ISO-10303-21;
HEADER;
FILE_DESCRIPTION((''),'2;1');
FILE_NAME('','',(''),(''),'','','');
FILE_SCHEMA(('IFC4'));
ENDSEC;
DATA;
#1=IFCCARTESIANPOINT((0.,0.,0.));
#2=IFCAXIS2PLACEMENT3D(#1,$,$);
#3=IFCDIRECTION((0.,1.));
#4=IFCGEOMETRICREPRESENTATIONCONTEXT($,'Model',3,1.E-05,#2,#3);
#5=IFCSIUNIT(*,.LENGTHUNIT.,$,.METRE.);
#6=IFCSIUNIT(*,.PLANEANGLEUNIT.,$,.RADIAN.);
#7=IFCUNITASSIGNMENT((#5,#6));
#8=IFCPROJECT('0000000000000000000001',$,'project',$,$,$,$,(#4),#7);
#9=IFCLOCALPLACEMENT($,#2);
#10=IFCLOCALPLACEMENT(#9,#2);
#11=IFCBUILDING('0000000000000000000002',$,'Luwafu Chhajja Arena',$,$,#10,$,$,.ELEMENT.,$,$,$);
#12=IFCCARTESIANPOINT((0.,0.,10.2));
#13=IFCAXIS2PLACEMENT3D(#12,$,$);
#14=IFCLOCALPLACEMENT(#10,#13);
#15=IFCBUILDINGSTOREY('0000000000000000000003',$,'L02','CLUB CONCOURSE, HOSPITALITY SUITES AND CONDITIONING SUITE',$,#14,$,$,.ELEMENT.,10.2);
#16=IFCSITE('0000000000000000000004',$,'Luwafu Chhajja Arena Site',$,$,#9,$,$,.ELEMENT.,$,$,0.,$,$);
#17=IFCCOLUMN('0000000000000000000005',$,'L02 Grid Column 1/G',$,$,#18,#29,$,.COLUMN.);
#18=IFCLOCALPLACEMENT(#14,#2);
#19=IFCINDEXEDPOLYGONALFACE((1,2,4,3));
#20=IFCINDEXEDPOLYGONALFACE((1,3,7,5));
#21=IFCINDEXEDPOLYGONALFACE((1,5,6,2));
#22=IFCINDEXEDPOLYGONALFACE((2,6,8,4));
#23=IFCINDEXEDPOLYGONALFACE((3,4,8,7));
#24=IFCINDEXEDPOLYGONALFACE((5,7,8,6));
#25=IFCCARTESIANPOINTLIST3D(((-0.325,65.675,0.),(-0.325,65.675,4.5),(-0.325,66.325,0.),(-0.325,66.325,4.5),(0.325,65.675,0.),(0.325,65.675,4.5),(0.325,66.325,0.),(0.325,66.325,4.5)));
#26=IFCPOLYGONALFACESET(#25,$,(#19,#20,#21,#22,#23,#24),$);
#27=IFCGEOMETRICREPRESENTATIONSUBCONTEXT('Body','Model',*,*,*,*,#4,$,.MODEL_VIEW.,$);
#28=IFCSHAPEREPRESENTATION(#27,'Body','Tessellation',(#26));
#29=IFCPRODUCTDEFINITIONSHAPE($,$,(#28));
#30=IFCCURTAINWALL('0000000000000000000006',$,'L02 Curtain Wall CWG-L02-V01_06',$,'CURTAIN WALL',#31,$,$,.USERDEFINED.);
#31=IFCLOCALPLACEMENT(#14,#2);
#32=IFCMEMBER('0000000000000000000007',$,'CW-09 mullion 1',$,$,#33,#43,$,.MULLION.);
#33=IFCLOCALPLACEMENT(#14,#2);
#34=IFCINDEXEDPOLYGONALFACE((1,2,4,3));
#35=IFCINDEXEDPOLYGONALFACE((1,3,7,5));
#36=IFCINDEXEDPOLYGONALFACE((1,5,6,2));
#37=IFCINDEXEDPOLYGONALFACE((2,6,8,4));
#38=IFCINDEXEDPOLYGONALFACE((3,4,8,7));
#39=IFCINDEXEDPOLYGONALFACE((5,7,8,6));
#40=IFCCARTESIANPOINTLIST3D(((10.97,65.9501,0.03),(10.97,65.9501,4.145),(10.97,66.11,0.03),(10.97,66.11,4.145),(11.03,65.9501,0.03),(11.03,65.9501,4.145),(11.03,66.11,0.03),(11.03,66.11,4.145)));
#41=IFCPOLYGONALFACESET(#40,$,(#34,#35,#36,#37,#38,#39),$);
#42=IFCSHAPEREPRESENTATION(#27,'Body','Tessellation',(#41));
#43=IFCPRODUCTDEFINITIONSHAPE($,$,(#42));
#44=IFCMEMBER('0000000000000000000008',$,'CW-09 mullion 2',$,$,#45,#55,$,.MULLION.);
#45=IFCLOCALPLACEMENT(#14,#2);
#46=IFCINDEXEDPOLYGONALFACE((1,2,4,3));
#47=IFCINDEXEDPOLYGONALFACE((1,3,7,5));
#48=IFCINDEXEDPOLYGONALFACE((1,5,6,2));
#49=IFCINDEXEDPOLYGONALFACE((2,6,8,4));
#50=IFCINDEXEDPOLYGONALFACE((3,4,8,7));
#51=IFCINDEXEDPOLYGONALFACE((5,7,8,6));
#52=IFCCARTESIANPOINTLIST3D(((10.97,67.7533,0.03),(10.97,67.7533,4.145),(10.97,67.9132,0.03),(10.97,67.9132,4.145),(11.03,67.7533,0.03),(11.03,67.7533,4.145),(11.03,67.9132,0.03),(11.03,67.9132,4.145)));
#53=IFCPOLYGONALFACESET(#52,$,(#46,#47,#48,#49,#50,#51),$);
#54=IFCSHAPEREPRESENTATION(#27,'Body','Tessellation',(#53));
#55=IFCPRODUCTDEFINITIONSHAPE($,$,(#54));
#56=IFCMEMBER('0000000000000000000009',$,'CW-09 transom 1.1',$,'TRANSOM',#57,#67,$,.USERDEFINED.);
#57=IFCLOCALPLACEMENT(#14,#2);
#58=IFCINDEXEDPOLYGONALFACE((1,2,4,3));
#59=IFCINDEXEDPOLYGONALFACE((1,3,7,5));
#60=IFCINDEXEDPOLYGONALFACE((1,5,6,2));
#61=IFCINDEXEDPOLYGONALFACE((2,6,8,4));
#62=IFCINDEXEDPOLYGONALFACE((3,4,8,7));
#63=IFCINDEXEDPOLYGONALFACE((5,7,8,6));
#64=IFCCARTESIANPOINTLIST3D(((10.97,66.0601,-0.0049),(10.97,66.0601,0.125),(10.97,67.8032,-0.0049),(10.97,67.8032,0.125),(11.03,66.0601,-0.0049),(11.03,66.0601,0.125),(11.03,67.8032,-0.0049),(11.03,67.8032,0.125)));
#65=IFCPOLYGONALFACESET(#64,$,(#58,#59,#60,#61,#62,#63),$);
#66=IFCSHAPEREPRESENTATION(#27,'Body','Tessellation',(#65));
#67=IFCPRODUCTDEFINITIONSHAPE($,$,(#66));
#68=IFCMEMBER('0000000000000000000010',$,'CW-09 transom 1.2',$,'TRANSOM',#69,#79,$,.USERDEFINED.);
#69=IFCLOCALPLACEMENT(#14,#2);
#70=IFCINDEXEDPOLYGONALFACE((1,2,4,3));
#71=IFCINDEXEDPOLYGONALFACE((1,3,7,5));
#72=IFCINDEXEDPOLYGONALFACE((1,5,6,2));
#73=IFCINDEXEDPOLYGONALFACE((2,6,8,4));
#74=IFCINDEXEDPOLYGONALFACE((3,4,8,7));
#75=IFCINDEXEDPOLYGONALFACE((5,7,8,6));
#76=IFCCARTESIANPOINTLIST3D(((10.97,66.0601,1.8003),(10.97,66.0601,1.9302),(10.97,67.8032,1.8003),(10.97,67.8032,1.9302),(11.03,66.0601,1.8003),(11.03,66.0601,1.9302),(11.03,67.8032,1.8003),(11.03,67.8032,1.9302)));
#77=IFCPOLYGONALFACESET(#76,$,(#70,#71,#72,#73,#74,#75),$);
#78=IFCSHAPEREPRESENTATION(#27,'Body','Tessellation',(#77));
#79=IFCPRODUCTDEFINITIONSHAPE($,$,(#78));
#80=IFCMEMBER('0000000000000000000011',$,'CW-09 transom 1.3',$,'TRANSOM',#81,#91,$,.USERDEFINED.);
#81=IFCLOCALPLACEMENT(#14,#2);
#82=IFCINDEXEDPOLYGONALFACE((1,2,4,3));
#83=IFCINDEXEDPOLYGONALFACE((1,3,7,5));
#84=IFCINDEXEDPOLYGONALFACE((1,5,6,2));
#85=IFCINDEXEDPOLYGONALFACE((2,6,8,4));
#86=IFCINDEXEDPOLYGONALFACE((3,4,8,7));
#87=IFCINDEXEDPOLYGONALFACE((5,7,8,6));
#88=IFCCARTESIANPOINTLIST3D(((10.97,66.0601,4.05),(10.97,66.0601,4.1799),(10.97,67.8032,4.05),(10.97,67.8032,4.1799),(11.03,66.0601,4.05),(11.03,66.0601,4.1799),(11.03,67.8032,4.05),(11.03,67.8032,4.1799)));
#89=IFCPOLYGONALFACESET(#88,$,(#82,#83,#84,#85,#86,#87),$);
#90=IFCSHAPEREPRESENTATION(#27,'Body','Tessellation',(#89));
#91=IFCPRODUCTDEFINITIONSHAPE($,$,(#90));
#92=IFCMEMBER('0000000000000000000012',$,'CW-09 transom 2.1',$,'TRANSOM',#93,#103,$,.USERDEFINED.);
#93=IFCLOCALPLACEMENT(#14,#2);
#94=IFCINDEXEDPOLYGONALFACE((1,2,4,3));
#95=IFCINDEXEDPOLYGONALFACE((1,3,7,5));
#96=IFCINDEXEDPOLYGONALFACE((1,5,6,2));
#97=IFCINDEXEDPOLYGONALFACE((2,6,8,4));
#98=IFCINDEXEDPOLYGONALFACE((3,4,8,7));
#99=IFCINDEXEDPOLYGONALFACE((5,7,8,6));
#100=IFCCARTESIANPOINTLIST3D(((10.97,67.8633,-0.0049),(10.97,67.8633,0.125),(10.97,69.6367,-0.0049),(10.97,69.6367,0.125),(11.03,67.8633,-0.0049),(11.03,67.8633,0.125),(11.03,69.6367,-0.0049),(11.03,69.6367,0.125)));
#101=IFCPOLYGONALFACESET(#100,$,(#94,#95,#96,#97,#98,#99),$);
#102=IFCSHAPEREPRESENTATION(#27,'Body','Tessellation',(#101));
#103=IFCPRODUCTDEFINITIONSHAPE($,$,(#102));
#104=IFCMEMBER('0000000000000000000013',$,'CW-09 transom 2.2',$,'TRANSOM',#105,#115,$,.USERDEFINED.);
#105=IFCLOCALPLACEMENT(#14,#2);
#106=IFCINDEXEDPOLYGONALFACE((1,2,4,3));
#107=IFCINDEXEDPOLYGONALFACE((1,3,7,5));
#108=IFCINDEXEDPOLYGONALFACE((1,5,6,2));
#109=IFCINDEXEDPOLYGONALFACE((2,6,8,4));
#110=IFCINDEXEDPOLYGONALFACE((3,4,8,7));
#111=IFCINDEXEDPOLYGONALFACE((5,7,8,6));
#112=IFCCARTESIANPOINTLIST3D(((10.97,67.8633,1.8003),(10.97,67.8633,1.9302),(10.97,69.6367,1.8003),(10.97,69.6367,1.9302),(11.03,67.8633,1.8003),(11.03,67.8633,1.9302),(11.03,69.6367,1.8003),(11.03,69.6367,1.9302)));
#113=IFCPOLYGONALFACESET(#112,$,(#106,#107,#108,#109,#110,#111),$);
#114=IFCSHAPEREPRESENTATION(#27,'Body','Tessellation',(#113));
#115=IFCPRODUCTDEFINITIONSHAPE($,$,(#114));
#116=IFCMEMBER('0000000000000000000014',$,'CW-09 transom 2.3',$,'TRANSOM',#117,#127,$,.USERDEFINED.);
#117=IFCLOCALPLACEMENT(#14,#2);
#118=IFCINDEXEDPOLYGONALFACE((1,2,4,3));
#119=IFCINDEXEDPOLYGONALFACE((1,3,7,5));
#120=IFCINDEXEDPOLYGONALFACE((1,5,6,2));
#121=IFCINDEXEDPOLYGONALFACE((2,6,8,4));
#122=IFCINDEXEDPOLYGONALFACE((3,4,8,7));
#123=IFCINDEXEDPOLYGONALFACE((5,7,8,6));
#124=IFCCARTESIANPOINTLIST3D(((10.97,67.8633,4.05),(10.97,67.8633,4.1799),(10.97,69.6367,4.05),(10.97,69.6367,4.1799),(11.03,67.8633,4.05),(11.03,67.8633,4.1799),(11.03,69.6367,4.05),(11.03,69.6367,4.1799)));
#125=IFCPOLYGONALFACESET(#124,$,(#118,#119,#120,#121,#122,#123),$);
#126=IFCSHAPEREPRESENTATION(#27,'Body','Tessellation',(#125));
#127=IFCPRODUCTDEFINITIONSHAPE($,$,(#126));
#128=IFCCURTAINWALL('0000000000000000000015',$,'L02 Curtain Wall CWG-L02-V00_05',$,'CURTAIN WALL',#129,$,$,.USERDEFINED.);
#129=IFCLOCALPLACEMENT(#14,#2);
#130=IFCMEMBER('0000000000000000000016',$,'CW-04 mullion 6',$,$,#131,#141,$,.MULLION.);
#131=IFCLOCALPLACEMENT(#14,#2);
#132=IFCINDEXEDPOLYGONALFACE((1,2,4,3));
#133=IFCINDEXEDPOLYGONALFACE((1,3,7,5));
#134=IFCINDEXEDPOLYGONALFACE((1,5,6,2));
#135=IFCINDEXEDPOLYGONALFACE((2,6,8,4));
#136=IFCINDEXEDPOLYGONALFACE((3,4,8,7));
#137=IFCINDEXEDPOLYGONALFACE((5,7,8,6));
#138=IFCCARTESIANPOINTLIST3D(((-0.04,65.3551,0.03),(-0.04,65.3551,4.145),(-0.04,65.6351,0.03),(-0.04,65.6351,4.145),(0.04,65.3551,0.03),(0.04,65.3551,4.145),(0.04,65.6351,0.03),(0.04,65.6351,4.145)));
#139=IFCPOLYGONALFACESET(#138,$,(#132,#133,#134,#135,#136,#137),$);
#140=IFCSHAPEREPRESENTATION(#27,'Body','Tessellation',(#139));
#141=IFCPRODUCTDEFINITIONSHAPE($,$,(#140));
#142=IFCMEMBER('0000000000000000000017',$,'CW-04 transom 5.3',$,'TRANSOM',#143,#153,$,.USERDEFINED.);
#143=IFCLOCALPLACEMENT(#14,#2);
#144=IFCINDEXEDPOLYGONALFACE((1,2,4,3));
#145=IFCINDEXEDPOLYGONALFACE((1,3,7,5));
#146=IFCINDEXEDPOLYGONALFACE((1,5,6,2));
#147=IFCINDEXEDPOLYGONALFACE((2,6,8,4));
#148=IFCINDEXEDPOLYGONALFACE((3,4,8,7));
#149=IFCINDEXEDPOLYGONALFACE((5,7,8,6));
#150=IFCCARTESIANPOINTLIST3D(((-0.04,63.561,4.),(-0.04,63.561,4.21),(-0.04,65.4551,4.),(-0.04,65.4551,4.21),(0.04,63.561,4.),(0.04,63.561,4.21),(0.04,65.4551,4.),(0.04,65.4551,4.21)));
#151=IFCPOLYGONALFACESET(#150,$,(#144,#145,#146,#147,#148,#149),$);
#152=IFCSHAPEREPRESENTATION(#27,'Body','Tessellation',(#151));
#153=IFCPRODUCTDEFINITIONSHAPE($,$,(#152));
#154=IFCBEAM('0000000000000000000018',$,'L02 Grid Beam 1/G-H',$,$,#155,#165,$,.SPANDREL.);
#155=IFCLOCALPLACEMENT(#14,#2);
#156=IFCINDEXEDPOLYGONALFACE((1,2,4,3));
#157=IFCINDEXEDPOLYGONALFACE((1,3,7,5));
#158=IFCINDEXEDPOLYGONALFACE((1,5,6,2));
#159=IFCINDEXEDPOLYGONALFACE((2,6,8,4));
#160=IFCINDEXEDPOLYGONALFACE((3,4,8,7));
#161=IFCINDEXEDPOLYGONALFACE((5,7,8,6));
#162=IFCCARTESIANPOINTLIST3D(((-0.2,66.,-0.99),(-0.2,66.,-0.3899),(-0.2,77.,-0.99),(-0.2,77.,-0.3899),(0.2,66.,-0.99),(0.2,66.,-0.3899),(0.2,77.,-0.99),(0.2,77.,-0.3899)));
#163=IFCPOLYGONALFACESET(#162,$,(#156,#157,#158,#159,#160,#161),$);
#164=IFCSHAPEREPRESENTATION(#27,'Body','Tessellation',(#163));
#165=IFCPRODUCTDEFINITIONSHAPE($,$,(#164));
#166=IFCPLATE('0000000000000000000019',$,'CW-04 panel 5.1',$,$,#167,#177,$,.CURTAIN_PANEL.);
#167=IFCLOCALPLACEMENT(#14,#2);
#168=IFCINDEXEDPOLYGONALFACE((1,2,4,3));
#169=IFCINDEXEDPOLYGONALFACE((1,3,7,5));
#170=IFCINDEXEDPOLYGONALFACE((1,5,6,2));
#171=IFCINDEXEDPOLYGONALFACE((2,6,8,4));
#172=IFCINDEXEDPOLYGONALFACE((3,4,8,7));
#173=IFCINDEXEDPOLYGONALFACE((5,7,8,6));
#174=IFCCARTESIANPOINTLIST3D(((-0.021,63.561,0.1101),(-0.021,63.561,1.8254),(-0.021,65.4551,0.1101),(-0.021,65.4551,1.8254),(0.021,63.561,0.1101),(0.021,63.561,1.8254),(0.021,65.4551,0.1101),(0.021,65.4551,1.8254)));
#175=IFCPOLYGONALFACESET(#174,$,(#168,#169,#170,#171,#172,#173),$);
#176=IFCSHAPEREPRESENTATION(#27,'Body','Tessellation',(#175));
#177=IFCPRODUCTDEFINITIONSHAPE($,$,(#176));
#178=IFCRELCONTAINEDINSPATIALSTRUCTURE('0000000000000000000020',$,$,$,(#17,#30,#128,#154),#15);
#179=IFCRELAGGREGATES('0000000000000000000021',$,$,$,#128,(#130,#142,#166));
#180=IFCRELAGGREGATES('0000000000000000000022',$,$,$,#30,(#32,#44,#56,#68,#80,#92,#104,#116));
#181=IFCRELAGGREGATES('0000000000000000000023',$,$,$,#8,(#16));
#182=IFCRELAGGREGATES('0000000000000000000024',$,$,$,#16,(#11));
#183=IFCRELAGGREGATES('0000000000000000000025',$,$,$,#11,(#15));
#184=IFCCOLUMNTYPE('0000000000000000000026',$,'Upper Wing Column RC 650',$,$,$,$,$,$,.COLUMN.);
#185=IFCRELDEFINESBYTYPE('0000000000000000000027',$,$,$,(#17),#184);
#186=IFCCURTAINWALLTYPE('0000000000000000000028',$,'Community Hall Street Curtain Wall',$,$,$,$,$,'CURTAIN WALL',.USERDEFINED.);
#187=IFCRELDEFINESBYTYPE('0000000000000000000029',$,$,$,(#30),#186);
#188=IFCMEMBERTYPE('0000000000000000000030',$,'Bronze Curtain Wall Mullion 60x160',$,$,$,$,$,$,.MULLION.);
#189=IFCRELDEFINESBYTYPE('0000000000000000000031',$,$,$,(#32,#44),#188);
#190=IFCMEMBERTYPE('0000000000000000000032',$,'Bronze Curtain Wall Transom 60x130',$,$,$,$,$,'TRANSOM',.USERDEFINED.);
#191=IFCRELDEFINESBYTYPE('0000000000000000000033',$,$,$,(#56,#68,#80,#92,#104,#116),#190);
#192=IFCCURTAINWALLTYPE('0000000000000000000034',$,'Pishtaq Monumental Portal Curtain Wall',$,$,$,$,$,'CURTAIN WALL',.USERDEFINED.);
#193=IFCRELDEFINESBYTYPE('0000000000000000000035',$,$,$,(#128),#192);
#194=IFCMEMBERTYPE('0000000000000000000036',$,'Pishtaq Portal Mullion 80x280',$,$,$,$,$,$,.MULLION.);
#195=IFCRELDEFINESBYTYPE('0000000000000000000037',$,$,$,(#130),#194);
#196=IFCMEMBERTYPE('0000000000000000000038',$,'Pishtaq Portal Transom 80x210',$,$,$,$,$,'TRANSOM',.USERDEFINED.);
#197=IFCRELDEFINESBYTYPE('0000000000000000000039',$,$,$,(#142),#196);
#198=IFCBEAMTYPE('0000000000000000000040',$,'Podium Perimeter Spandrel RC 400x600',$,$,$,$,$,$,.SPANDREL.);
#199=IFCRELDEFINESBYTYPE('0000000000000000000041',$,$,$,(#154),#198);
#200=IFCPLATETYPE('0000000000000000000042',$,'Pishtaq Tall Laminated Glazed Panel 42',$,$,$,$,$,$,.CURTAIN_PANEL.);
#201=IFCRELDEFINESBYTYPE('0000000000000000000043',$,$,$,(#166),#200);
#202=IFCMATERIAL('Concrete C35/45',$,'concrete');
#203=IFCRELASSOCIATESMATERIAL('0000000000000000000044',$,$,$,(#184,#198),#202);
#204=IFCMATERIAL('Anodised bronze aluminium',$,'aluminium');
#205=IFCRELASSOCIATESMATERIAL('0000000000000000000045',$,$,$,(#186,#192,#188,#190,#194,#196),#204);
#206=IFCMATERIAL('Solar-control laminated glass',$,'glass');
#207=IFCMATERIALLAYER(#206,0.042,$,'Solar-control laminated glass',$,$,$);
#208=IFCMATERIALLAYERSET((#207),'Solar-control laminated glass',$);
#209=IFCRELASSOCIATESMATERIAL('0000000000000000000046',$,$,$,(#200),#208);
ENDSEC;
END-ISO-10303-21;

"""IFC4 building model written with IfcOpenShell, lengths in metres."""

from ifc_helpers import new_model, si_unit, direction, frame, origin, origin_2d, place, context, subcontext, project, spatial, rectangle, extrude, material, layer, layer_set, material_profile, profile_set, type_object, element, aggregate, save


model = new_model("IFC4")

# Units and contexts
model_context = context("Model", 3, precision=1e-05, world=origin(), true_north=direction((0.0, 1.0)))
body_context = subcontext(model_context, "Body", "Model", "MODEL_VIEW")
ifc_project = project(units=[si_unit("LENGTHUNIT", "METRE"), si_unit("PLANEANGLEUNIT", "RADIAN")], contexts=[model_context])

# Site, building, storey
site_placement = place(None, origin())
site = spatial("IfcSite", under=ifc_project, at=site_placement, Name="Luwafu Chhajja Arena Site", CompositionType="ELEMENT", RefElevation=0.0)
building_placement = place(site_placement, origin())
building = spatial("IfcBuilding", under=site, at=building_placement, Name="Luwafu Chhajja Arena", CompositionType="ELEMENT")
storey_placement = place(building_placement, frame((0.0, 0.0, 10.2)))
storey = spatial("IfcBuildingStorey", under=building, at=storey_placement, Name="L02", Description="CLUB CONCOURSE, HOSPITALITY SUITES AND CONDITIONING SUITE", CompositionType="ELEMENT", Elevation=10.2)

# Column
ifc_material_1 = material(Name="Concrete C35/45", Category="concrete")
ifc_material_profile_1 = material_profile(ifc_material_1, rectangle(XDim=0.6499, YDim=0.6499, at=origin_2d()), Name="RC 650x650")
ifc_profile_set_1 = profile_set([ifc_material_profile_1], Name="Concrete C35/45")
column_type = type_object("IfcColumnType", Name="Upper Wing Column RC 650", PredefinedType="COLUMN", material=ifc_profile_set_1)
column_placement = place(storey_placement, frame((0.0, 66.0, 0.0), z_axis=(0.0, 0.0, 1.0), x_axis=(1.0, 0.0, 0.0)))
element("IfcColumn", 1, at=column_placement, inside=storey, type_object=column_type, Name="L02 Grid Column 1/G", PredefinedType="COLUMN", context=body_context, shape_type="SweptSolid", body=[
    extrude(rectangle(XDim=0.6499, YDim=0.6499, at=origin_2d()), origin(), (0.0, 0.0, 1.0), 4.5),
])

# Curtain walls, members
ifc_material_2 = material(Name="Anodised bronze aluminium", Category="aluminium")
curtain_wall_type_1 = type_object("IfcCurtainWallType", Name="Community Hall Street Curtain Wall", ElementType="CURTAIN WALL", PredefinedType="USERDEFINED", material=ifc_material_2)
curtain_wall_1_placement = place(storey_placement, origin())
curtain_wall_1 = element("IfcCurtainWall", 2, at=curtain_wall_1_placement, inside=storey, type_object=curtain_wall_type_1, Name="L02 Curtain Wall CWG-L02-V01_06", ObjectType="CURTAIN WALL", PredefinedType="USERDEFINED")
ifc_material_profile_2 = material_profile(ifc_material_2, rectangle(XDim=0.0601, YDim=0.1599, at=origin_2d()), Name="CWM 60x160")
ifc_profile_set_2 = profile_set([ifc_material_profile_2], Name="Anodised bronze aluminium")
member_type_1 = type_object("IfcMemberType", Name="Bronze Curtain Wall Mullion 60x160", PredefinedType="MULLION", material=ifc_profile_set_2)
member_1_placement = place(storey_placement, frame((11.0, 66.03, 0.03), z_axis=(0.0, 0.0, 1.0), x_axis=(-1.0, 0.0, 0.0)))
member_1 = element("IfcMember", 3, at=member_1_placement, type_object=member_type_1, Name="CW-09 mullion 1", PredefinedType="MULLION", context=body_context, shape_type="SweptSolid", body=[
    extrude(rectangle(XDim=0.0601, YDim=0.1599, at=origin_2d()), origin(), (0.0, 0.0, 1.0), 4.115),
])
member_2_placement = place(storey_placement, frame((11.0, 67.8333, 0.03), z_axis=(0.0, 0.0, 1.0), x_axis=(-1.0, 0.0, 0.0)))
member_2 = element("IfcMember", 4, at=member_2_placement, type_object=member_type_1, Name="CW-09 mullion 2", PredefinedType="MULLION", context=body_context, shape_type="SweptSolid", body=[
    extrude(rectangle(XDim=0.0601, YDim=0.1599, at=origin_2d()), origin(), (0.0, 0.0, 1.0), 4.115),
])
ifc_material_profile_3 = material_profile(ifc_material_2, rectangle(XDim=0.0601, YDim=0.1299, at=origin_2d()), Name="CWT 60x130")
ifc_profile_set_3 = profile_set([ifc_material_profile_3], Name="Anodised bronze aluminium")
member_type_2 = type_object("IfcMemberType", Name="Bronze Curtain Wall Transom 60x130", ElementType="TRANSOM", PredefinedType="USERDEFINED", material=ifc_profile_set_3)
member_3_placement = place(storey_placement, frame((11.0, 66.0601, 0.0601), z_axis=(0.0, 1.0, 0.0), x_axis=(-1.0, 0.0, 0.0)))
member_3 = element("IfcMember", 5, at=member_3_placement, type_object=member_type_2, Name="CW-09 transom 1.1", ObjectType="TRANSOM", PredefinedType="USERDEFINED", context=body_context, shape_type="SweptSolid", body=[
    extrude(rectangle(XDim=0.0601, YDim=0.1299, at=origin_2d()), origin(), (0.0, 0.0, 1.0), 1.7432),
])
member_4_placement = place(storey_placement, frame((11.0, 66.0601, 1.8652), z_axis=(0.0, 1.0, 0.0), x_axis=(-1.0, 0.0, 0.0)))
member_4 = element("IfcMember", 6, at=member_4_placement, type_object=member_type_2, Name="CW-09 transom 1.2", ObjectType="TRANSOM", PredefinedType="USERDEFINED", context=body_context, shape_type="SweptSolid", body=[
    extrude(rectangle(XDim=0.0601, YDim=0.1299, at=origin_2d()), origin(), (0.0, 0.0, 1.0), 1.7432),
])
member_5_placement = place(storey_placement, frame((11.0, 66.0601, 4.115), z_axis=(0.0, 1.0, 0.0), x_axis=(-1.0, 0.0, 0.0)))
member_5 = element("IfcMember", 7, at=member_5_placement, type_object=member_type_2, Name="CW-09 transom 1.3", ObjectType="TRANSOM", PredefinedType="USERDEFINED", context=body_context, shape_type="SweptSolid", body=[
    extrude(rectangle(XDim=0.0601, YDim=0.1299, at=origin_2d()), origin(), (0.0, 0.0, 1.0), 1.7432),
])
member_6_placement = place(storey_placement, frame((11.0, 67.8633, 0.0601), z_axis=(0.0, 1.0, 0.0), x_axis=(-1.0, 0.0, 0.0)))
member_6 = element("IfcMember", 8, at=member_6_placement, type_object=member_type_2, Name="CW-09 transom 2.1", ObjectType="TRANSOM", PredefinedType="USERDEFINED", context=body_context, shape_type="SweptSolid", body=[
    extrude(rectangle(XDim=0.0601, YDim=0.1299, at=origin_2d()), origin(), (0.0, 0.0, 1.0), 1.7734),
])
member_7_placement = place(storey_placement, frame((11.0, 67.8633, 1.8652), z_axis=(0.0, 1.0, 0.0), x_axis=(-1.0, 0.0, 0.0)))
member_7 = element("IfcMember", 9, at=member_7_placement, type_object=member_type_2, Name="CW-09 transom 2.2", ObjectType="TRANSOM", PredefinedType="USERDEFINED", context=body_context, shape_type="SweptSolid", body=[
    extrude(rectangle(XDim=0.0601, YDim=0.1299, at=origin_2d()), origin(), (0.0, 0.0, 1.0), 1.7734),
])
member_8_placement = place(storey_placement, frame((11.0, 67.8633, 4.115), z_axis=(0.0, 1.0, 0.0), x_axis=(-1.0, 0.0, 0.0)))
member_8 = element("IfcMember", 10, at=member_8_placement, type_object=member_type_2, Name="CW-09 transom 2.3", ObjectType="TRANSOM", PredefinedType="USERDEFINED", context=body_context, shape_type="SweptSolid", body=[
    extrude(rectangle(XDim=0.0601, YDim=0.1299, at=origin_2d()), origin(), (0.0, 0.0, 1.0), 1.7734),
])
curtain_wall_type_2 = type_object("IfcCurtainWallType", Name="Pishtaq Monumental Portal Curtain Wall", ElementType="CURTAIN WALL", PredefinedType="USERDEFINED", material=ifc_material_2)
curtain_wall_2_placement = place(storey_placement, origin())
curtain_wall_2 = element("IfcCurtainWall", 11, at=curtain_wall_2_placement, inside=storey, type_object=curtain_wall_type_2, Name="L02 Curtain Wall CWG-L02-V00_05", ObjectType="CURTAIN WALL", PredefinedType="USERDEFINED")
ifc_material_profile_4 = material_profile(ifc_material_2, rectangle(XDim=0.0801, YDim=0.28, at=origin_2d()), Name="CWM 80x280")
ifc_profile_set_4 = profile_set([ifc_material_profile_4], Name="Anodised bronze aluminium")
member_type_3 = type_object("IfcMemberType", Name="Pishtaq Portal Mullion 80x280", PredefinedType="MULLION", material=ifc_profile_set_4)
member_9_placement = place(storey_placement, frame((0.0, 65.4951, 0.03), z_axis=(0.0, 0.0, 1.0), x_axis=(-1.0, 0.0, 0.0)))
member_9 = element("IfcMember", 12, at=member_9_placement, type_object=member_type_3, Name="CW-04 mullion 6", PredefinedType="MULLION", context=body_context, shape_type="SweptSolid", body=[
    extrude(rectangle(XDim=0.0801, YDim=0.28, at=origin_2d()), origin(), (0.0, 0.0, 1.0), 4.115),
])
ifc_material_profile_5 = material_profile(ifc_material_2, rectangle(XDim=0.0801, YDim=0.21, at=origin_2d()), Name="CWT 80x210")
ifc_profile_set_5 = profile_set([ifc_material_profile_5], Name="Anodised bronze aluminium")
member_type_4 = type_object("IfcMemberType", Name="Pishtaq Portal Transom 80x210", ElementType="TRANSOM", PredefinedType="USERDEFINED", material=ifc_profile_set_5)
member_10_placement = place(storey_placement, frame((0.0, 63.561, 4.105), z_axis=(0.0, 1.0, 0.0), x_axis=(-1.0, 0.0, 0.0)))
member_10 = element("IfcMember", 13, at=member_10_placement, type_object=member_type_4, Name="CW-04 transom 5.3", ObjectType="TRANSOM", PredefinedType="USERDEFINED", context=body_context, shape_type="SweptSolid", body=[
    extrude(rectangle(XDim=0.0801, YDim=0.21, at=origin_2d()), origin(), (0.0, 0.0, 1.0), 1.894),
])

# Beam
ifc_material_profile_6 = material_profile(ifc_material_1, rectangle(XDim=0.3999, YDim=0.6001, at=origin_2d()), Name="RC 400x600")
ifc_profile_set_6 = profile_set([ifc_material_profile_6], Name="Concrete C35/45")
beam_type = type_object("IfcBeamType", Name="Podium Perimeter Spandrel RC 400x600", PredefinedType="SPANDREL", material=ifc_profile_set_6)
beam_placement = place(storey_placement, frame((0.0, 66.0, -0.6899), z_axis=(0.0, 1.0, 0.0), x_axis=(-1.0, 0.0, 0.0)))
element("IfcBeam", 14, at=beam_placement, inside=storey, type_object=beam_type, Name="L02 Grid Beam 1/G-H", PredefinedType="SPANDREL", context=body_context, shape_type="SweptSolid", body=[
    extrude(rectangle(XDim=0.3999, YDim=0.6001, at=origin_2d()), origin(), (0.0, 0.0, 1.0), 11.0),
])

# Plate
ifc_material_3 = material(Name="Solar-control laminated glass", Category="glass")
ifc_layer_1 = layer(ifc_material_3, 0.042, Name="Solar-control laminated glass")
ifc_layer_set_1 = layer_set([ifc_layer_1], Name="Solar-control laminated glass")
plate_type_1 = type_object("IfcPlateType", Name="Pishtaq Tall Laminated Glazed Panel 42", PredefinedType="CURTAIN_PANEL", material=ifc_layer_set_1)
plate_1_placement = place(storey_placement, frame((0.0, 64.5081, 0.1101), z_axis=(0.0, 0.0, 1.0), x_axis=(0.0, 1.0, 0.0)))
plate_1 = element("IfcPlate", 15, at=plate_1_placement, type_object=plate_type_1, Name="CW-04 panel 5.1", PredefinedType="CURTAIN_PANEL", context=body_context, shape_type="SweptSolid", body=[
    extrude(rectangle(XDim=1.894, YDim=0.042, at=origin_2d()), origin(), (0.0, 0.0, 1.0), 1.7153),
])
aggregate(curtain_wall_2, [member_9, member_10, plate_1])
aggregate(curtain_wall_1, [member_1, member_2, member_3, member_4, member_5, member_6, member_7, member_8])

save(model, "model.ifc")
